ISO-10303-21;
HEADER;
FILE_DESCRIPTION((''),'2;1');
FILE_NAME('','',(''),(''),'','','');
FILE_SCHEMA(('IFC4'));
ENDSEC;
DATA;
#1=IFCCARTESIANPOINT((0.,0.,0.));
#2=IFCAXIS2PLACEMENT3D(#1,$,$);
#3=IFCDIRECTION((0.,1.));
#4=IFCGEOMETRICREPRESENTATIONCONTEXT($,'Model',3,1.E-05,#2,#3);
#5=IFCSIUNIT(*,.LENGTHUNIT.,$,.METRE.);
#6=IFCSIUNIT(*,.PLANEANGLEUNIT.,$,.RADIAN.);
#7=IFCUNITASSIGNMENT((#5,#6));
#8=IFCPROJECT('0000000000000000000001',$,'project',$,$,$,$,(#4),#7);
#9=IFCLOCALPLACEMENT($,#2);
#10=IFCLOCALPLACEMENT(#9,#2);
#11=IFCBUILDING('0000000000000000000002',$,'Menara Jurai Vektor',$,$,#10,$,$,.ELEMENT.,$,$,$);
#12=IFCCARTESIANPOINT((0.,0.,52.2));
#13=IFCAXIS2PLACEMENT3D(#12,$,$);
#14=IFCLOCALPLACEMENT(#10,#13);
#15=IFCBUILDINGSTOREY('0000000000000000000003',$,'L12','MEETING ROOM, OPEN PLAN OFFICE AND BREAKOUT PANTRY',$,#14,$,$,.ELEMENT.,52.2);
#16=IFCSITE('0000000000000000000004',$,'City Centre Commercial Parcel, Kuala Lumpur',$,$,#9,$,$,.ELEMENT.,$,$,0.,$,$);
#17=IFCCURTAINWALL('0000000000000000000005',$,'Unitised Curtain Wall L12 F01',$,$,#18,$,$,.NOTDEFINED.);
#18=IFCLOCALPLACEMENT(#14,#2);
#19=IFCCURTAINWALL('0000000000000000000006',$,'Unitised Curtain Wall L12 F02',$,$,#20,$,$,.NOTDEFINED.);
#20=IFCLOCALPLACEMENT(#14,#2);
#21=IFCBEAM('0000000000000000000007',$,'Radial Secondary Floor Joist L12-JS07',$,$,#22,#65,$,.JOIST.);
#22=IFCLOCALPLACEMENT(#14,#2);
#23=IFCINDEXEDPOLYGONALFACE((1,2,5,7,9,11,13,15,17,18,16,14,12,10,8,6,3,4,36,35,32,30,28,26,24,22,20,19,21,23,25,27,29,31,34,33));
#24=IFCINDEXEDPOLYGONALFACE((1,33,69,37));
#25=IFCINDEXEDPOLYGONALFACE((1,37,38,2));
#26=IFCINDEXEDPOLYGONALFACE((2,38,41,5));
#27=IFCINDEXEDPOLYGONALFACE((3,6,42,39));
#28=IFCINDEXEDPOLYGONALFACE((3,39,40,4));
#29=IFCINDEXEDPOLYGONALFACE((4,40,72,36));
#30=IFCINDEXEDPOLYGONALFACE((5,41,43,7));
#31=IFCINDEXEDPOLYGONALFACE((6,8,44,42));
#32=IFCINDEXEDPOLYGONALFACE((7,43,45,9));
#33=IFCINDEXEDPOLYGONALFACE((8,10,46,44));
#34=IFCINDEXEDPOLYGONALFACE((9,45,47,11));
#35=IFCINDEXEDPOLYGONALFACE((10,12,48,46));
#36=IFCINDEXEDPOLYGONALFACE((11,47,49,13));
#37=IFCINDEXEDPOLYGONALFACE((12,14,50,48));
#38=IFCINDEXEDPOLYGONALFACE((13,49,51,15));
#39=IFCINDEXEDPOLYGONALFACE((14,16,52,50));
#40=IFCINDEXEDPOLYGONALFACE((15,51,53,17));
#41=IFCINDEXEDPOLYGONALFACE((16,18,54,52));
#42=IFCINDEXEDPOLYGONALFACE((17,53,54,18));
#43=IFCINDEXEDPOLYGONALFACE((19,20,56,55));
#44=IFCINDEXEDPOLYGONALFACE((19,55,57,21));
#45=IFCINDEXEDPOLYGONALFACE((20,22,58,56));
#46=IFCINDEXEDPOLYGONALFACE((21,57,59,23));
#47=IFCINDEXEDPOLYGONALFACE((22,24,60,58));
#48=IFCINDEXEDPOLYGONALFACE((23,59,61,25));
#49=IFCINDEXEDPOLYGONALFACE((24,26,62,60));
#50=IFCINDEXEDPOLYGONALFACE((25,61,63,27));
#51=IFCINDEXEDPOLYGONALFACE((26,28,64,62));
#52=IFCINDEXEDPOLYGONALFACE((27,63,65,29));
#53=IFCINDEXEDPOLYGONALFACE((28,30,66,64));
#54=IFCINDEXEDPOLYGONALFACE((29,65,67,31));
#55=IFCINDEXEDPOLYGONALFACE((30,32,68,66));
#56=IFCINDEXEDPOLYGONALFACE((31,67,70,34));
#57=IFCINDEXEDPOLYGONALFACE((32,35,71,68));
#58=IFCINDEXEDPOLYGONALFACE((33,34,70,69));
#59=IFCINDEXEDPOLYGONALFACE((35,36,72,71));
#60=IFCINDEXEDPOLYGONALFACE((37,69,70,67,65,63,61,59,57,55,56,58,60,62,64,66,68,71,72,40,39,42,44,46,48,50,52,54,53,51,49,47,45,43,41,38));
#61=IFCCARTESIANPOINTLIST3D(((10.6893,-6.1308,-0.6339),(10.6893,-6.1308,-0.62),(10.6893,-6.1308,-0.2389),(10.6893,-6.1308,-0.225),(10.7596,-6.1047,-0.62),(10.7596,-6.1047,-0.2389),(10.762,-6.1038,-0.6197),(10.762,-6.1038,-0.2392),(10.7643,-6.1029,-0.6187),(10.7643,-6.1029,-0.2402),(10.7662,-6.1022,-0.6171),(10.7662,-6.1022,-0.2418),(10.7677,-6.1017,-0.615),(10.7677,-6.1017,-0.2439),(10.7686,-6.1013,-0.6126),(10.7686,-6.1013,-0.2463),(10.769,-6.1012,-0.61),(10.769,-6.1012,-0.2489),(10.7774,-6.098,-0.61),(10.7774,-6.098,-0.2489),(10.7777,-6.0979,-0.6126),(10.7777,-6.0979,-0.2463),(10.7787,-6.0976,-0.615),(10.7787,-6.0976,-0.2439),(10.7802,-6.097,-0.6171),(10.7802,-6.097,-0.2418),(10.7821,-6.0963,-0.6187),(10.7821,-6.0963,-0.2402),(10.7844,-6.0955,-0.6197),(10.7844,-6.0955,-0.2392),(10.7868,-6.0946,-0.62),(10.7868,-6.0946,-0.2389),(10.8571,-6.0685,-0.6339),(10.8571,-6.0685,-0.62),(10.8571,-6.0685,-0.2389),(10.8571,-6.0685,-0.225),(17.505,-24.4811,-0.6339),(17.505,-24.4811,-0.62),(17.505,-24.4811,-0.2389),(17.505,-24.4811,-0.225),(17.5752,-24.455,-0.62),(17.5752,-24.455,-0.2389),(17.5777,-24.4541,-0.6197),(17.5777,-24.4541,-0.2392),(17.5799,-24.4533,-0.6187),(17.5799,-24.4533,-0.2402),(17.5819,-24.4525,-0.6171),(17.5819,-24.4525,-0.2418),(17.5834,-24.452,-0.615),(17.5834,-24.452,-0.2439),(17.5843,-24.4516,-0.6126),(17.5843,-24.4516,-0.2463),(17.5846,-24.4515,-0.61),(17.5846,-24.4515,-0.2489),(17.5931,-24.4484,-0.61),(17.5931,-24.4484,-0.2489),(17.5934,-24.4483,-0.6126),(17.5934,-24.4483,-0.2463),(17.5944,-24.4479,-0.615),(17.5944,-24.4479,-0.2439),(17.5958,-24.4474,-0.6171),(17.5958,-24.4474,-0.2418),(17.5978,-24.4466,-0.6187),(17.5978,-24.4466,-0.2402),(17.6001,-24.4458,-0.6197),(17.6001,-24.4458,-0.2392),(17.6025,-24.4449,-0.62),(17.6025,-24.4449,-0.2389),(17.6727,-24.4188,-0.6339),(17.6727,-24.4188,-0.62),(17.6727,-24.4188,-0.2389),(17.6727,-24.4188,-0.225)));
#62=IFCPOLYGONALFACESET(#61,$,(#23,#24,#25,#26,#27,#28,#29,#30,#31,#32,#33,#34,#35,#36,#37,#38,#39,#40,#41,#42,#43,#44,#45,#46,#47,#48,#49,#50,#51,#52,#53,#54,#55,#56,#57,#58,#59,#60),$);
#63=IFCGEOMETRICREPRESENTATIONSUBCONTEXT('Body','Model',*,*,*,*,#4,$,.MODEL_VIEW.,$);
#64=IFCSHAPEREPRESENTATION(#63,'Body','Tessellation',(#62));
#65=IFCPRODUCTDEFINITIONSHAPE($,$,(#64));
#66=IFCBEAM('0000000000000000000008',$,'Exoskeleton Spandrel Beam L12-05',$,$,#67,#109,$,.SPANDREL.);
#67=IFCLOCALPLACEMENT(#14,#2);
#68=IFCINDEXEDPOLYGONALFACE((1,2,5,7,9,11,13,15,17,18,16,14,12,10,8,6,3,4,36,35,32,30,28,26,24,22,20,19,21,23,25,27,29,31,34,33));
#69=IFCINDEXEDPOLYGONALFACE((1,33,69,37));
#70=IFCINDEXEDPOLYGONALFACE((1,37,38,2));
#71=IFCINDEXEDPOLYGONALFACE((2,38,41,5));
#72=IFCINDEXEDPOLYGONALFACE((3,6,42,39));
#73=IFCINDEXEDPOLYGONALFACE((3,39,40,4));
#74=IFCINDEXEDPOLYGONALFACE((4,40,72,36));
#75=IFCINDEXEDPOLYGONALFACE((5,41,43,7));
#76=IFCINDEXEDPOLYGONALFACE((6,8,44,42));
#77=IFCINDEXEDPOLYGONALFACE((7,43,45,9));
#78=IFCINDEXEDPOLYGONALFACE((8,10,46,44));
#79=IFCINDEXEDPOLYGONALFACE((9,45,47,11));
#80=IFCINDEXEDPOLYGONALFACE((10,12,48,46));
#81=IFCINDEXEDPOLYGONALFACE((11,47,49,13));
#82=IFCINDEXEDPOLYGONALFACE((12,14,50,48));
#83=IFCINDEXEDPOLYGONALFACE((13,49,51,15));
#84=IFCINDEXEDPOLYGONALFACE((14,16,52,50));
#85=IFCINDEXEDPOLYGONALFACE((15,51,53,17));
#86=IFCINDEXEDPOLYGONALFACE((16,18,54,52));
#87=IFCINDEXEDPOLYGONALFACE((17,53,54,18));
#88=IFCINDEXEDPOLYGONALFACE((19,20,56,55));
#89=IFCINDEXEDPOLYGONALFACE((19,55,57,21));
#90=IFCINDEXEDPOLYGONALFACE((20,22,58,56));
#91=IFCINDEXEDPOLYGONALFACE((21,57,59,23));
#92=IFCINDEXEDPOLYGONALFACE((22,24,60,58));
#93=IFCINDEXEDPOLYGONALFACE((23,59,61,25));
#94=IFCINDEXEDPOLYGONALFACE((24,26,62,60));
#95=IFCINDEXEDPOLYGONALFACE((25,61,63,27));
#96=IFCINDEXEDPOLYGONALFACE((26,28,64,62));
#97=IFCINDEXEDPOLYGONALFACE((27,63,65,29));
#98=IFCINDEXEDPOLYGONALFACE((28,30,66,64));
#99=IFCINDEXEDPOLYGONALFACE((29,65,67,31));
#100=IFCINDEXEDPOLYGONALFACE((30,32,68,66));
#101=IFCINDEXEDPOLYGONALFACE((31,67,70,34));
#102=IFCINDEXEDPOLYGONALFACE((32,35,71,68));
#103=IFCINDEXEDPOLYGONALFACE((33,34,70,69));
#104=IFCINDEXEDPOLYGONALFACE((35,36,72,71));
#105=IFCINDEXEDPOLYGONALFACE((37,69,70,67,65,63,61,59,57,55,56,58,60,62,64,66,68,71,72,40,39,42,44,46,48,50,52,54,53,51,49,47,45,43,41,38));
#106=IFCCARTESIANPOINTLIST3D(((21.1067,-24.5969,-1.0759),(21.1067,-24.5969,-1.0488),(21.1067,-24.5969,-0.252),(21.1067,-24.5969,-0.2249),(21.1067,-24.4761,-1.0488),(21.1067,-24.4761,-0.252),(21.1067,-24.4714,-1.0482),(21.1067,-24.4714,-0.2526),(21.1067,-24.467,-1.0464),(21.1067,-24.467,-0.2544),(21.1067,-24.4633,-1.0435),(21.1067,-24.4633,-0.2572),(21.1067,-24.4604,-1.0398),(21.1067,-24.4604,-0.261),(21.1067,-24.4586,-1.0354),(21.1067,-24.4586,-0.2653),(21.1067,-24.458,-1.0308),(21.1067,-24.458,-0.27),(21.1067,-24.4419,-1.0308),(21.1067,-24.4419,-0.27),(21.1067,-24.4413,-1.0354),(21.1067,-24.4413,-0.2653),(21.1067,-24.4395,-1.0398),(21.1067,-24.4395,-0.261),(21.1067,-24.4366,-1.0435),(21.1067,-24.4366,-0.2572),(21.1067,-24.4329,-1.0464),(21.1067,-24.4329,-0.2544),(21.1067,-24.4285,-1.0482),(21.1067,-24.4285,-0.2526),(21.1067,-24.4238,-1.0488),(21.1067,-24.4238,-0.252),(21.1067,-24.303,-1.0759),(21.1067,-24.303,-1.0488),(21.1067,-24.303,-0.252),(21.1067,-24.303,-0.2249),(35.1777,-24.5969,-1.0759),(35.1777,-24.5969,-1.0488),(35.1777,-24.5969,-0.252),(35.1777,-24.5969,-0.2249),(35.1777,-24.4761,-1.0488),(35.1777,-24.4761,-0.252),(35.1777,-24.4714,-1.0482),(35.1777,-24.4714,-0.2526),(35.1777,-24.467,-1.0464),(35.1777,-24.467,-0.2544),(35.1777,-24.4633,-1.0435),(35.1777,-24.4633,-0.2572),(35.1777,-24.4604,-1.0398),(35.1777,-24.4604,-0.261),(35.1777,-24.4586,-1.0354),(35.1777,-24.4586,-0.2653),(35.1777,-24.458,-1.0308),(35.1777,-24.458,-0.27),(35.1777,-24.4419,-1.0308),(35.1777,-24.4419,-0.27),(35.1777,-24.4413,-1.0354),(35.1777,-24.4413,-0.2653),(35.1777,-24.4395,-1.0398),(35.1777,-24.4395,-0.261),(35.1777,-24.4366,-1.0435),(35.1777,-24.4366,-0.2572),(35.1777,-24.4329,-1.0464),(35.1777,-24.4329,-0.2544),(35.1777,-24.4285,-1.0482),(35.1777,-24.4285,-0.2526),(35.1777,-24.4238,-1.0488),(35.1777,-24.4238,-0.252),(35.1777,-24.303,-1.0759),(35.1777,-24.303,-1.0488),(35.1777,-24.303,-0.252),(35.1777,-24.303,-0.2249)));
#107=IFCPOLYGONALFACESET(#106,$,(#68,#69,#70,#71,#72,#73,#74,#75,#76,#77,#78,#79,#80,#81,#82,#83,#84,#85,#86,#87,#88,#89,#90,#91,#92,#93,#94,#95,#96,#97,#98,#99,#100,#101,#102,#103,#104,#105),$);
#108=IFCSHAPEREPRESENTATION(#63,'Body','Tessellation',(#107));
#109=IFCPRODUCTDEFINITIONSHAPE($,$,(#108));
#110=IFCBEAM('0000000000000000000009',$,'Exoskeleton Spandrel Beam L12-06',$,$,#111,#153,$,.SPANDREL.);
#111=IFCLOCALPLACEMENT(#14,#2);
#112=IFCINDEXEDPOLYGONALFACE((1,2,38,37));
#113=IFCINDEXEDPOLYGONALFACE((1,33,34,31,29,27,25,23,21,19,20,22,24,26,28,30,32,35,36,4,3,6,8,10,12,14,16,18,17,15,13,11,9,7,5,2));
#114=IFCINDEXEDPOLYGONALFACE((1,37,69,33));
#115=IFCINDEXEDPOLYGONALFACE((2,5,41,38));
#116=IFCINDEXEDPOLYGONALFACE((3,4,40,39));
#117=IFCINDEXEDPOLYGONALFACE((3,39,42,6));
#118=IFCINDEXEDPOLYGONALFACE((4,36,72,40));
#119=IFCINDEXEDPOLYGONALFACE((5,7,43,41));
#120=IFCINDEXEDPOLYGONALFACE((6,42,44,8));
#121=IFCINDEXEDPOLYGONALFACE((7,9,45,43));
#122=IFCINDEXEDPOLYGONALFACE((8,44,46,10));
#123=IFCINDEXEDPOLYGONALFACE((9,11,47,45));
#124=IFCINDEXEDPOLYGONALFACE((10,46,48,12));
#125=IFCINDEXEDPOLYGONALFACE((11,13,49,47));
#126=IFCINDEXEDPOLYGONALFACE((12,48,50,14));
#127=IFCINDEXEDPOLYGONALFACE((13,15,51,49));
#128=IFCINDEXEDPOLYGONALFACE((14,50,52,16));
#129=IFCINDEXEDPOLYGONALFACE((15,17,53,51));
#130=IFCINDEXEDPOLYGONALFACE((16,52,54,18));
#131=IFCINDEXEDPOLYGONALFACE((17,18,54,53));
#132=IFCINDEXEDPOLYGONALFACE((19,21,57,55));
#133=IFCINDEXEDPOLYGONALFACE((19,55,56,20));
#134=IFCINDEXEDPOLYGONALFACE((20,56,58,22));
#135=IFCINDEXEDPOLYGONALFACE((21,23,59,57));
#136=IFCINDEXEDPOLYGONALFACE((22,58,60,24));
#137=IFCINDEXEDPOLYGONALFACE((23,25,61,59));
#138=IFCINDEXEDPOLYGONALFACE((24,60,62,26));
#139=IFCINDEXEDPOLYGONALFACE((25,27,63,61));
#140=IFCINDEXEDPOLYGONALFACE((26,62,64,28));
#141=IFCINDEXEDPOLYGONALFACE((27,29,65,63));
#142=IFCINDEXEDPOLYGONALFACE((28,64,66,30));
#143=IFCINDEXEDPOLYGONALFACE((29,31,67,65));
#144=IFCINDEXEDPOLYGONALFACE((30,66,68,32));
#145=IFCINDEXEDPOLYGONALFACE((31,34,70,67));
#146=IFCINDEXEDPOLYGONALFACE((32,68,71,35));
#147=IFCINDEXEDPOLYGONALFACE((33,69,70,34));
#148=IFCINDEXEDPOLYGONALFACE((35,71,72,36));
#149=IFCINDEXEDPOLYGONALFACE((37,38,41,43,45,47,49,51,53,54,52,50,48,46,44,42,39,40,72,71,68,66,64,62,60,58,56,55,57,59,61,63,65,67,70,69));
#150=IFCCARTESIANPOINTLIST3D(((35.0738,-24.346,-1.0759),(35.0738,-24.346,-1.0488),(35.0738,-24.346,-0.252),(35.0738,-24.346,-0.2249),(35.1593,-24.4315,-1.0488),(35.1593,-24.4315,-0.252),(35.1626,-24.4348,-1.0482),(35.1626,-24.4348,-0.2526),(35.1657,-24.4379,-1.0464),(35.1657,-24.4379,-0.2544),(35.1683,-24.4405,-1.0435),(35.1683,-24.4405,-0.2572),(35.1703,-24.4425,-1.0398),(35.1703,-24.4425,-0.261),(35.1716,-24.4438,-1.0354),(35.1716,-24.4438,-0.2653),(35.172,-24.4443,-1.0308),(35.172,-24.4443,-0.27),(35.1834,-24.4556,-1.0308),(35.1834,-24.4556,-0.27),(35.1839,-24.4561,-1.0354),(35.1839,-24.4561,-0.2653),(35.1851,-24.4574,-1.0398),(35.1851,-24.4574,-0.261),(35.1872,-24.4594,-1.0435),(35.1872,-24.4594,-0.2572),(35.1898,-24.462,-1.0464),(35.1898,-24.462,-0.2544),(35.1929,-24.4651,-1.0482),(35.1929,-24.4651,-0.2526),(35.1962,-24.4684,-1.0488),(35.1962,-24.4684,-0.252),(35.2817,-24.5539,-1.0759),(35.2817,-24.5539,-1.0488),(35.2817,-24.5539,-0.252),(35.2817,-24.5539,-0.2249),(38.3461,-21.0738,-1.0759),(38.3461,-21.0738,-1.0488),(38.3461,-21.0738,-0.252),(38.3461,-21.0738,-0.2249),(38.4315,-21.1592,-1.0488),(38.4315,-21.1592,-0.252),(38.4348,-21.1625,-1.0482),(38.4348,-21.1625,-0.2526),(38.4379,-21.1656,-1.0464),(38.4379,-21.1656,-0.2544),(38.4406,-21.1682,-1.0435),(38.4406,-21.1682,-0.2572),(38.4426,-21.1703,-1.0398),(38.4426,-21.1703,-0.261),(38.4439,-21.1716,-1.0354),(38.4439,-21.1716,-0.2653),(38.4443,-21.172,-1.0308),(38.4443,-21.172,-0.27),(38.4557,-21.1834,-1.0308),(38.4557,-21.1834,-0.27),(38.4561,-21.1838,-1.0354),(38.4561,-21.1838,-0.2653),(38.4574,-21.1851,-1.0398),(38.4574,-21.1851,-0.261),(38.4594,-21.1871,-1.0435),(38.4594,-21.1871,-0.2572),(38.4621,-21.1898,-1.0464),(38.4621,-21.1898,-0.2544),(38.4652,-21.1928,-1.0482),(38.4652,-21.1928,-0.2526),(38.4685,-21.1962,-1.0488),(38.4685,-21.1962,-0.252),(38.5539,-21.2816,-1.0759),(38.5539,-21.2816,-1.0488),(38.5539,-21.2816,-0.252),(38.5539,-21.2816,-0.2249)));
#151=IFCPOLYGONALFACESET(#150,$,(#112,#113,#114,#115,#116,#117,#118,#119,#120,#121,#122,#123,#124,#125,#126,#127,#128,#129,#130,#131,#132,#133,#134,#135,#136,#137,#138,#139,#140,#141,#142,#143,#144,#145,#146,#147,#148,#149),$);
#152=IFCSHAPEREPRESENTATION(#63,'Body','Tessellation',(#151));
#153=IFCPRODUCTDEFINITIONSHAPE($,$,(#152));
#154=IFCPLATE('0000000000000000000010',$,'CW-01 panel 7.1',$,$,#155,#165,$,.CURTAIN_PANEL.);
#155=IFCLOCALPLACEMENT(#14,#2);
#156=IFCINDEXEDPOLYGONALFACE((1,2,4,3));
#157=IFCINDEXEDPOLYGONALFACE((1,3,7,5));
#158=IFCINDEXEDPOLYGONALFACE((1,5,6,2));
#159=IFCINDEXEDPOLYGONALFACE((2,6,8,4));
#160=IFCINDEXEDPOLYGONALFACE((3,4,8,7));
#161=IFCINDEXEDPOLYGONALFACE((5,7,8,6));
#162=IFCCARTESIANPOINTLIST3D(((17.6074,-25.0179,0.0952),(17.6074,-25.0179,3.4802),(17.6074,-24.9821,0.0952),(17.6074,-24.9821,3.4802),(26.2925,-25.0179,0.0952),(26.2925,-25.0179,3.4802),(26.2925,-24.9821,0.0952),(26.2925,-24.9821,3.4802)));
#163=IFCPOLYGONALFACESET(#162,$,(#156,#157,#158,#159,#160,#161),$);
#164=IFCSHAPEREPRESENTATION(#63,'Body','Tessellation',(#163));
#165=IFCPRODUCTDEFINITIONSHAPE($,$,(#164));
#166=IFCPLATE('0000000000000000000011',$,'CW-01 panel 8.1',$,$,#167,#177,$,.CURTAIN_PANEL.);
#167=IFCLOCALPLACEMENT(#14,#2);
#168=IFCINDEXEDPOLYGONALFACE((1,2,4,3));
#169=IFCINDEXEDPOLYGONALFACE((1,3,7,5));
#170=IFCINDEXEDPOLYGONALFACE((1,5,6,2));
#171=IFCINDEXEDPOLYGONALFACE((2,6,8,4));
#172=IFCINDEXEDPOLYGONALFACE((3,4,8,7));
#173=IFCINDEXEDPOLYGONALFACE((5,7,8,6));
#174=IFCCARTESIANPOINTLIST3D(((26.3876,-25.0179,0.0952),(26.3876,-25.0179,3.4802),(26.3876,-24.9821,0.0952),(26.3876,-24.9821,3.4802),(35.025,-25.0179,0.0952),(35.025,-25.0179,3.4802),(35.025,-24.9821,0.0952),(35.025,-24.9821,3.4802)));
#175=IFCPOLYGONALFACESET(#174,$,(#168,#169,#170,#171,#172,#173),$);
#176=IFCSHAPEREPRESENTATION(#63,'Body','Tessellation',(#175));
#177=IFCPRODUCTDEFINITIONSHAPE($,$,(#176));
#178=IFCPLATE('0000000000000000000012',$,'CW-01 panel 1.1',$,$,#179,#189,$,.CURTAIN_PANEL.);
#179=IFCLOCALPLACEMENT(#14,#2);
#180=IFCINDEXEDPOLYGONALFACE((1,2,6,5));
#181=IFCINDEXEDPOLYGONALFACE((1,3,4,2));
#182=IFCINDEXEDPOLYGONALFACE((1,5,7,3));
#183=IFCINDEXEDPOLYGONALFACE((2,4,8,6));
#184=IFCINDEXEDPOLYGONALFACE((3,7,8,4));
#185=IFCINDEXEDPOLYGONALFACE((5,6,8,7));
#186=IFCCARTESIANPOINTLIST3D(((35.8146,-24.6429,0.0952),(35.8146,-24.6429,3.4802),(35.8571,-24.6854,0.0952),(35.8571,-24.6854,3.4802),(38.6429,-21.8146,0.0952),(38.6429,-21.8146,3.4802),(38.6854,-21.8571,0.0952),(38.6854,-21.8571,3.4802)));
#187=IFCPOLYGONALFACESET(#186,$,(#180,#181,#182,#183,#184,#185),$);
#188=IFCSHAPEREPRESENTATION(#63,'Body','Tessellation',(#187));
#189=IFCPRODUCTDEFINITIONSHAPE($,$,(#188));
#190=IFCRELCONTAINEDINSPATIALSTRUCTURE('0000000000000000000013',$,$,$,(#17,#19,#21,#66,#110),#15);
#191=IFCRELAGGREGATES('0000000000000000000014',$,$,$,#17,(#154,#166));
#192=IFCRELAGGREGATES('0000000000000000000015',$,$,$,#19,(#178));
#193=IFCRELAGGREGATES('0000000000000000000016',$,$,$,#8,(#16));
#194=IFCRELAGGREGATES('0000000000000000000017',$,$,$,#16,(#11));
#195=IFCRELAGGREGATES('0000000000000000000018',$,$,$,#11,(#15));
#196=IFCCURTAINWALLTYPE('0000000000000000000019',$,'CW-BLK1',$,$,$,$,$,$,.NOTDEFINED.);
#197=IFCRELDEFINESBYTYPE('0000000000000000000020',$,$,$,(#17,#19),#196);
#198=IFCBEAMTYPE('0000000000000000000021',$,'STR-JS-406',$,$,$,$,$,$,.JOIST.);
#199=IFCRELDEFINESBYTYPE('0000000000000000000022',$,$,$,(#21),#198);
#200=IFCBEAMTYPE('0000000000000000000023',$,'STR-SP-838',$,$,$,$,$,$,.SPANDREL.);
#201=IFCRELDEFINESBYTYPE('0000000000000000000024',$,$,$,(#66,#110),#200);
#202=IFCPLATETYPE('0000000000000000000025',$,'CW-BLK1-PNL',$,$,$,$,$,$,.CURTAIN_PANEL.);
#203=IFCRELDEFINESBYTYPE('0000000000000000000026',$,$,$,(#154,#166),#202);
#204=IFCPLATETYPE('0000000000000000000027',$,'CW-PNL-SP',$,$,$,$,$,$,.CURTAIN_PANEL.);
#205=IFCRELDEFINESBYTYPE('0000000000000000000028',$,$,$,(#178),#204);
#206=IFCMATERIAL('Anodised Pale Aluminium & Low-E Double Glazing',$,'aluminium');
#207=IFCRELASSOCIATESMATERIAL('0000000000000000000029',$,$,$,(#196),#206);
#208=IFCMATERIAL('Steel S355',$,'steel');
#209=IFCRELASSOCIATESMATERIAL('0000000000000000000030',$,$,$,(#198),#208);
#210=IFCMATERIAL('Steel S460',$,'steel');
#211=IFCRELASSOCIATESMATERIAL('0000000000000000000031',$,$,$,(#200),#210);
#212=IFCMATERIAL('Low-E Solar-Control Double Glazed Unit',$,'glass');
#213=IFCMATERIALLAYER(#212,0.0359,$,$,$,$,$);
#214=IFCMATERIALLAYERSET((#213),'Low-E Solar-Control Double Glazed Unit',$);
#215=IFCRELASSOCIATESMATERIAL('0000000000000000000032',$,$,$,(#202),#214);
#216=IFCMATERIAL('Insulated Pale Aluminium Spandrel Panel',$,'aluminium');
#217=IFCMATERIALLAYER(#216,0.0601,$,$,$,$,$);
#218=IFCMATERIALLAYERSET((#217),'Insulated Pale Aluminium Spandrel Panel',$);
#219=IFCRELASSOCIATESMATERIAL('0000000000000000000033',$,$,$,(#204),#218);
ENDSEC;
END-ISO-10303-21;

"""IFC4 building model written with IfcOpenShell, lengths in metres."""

from ifc_helpers import new_model, si_unit, direction, frame, origin, origin_2d, place, context, subcontext, project, spatial, rectangle, i_section, extrude, material, layer, layer_set, material_profile, profile_set, type_object, element, aggregate, save


model = new_model("IFC4")

# Units and contexts
model_context = context("Model", 3, precision=1e-05, world=origin(), true_north=direction((0.0, 1.0)))
body_context = subcontext(model_context, "Body", "Model", "MODEL_VIEW")
ifc_project = project(units=[si_unit("LENGTHUNIT", "METRE"), si_unit("PLANEANGLEUNIT", "RADIAN")], contexts=[model_context])

# Site, building, storey
site_placement = place(None, origin())
site = spatial("IfcSite", under=ifc_project, at=site_placement, Name="City Centre Commercial Parcel, Kuala Lumpur", CompositionType="ELEMENT", RefElevation=0.0)
building_placement = place(site_placement, origin())
building = spatial("IfcBuilding", under=site, at=building_placement, Name="Menara Jurai Vektor", CompositionType="ELEMENT")
storey_placement = place(building_placement, frame((0.0, 0.0, 52.2)))
storey = spatial("IfcBuildingStorey", under=building, at=storey_placement, Name="L12", Description="MEETING ROOM, OPEN PLAN OFFICE AND BREAKOUT PANTRY", CompositionType="ELEMENT", Elevation=52.2)

# Shared definitions
ifc_material_1 = material(Name="Steel S460", Category="steel")

# Curtain walls
ifc_material_2 = material(Name="Anodised Pale Aluminium & Low-E Double Glazing", Category="aluminium")
curtain_wall_type = type_object("IfcCurtainWallType", Name="CW-BLK1", PredefinedType="NOTDEFINED", material=ifc_material_2)
curtain_wall_1_placement = place(storey_placement, origin())
curtain_wall_1 = element("IfcCurtainWall", 1, at=curtain_wall_1_placement, inside=storey, type_object=curtain_wall_type, Name="Unitised Curtain Wall L12 F01", PredefinedType="NOTDEFINED")
curtain_wall_2_placement = place(storey_placement, origin())
curtain_wall_2 = element("IfcCurtainWall", 2, at=curtain_wall_2_placement, inside=storey, type_object=curtain_wall_type, Name="Unitised Curtain Wall L12 F02", PredefinedType="NOTDEFINED")

# Beams
ifc_material_3 = material(Name="Steel S355", Category="steel")
ifc_material_profile_1 = material_profile(ifc_material_3, i_section(OverallWidth=0.179, OverallDepth=0.4089, WebThickness=0.009, FlangeThickness=0.0139, FilletRadius=0.01, at=origin_2d()), Name="UKB 406x178x67")
ifc_profile_set_1 = profile_set([ifc_material_profile_1], Name="Steel S355")
beam_type_1 = type_object("IfcBeamType", Name="STR-JS-406", PredefinedType="JOIST", material=ifc_profile_set_1)
beam_1_placement = place(storey_placement, frame((17.5889, -24.45, -0.4294), z_axis=(-0.348179, 0.937428, 0.0), x_axis=(-0.937428, -0.348179, 0.0)))
element("IfcBeam", 3, at=beam_1_placement, inside=storey, type_object=beam_type_1, Name="Radial Secondary Floor Joist L12-JS07", PredefinedType="JOIST", context=body_context, shape_type="SweptSolid", body=[
    extrude(i_section(OverallWidth=0.179, OverallDepth=0.4089, WebThickness=0.009, FlangeThickness=0.0139, FilletRadius=0.01, at=origin_2d()), origin(), (0.0, 0.0, 1.0), 19.5752),
])
ifc_material_profile_2 = material_profile(ifc_material_1, i_section(OverallWidth=0.2939, OverallDepth=0.8511, WebThickness=0.0161, FlangeThickness=0.0271, FilletRadius=0.0181, at=origin_2d()), Name="UKB 838x292x226")
ifc_profile_set_2 = profile_set([ifc_material_profile_2], Name="Steel S460")
beam_type_2 = type_object("IfcBeamType", Name="STR-SP-838", PredefinedType="SPANDREL", material=ifc_profile_set_2)
beam_2_placement = place(storey_placement, frame((21.1067, -24.45, -0.6504), z_axis=(1.0, 0.0, 0.0), x_axis=(0.0, 1.0, 0.0)))
element("IfcBeam", 4, at=beam_2_placement, inside=storey, type_object=beam_type_2, Name="Exoskeleton Spandrel Beam L12-05", PredefinedType="SPANDREL", context=body_context, shape_type="SweptSolid", body=[
    extrude(i_section(OverallWidth=0.2939, OverallDepth=0.8511, WebThickness=0.0161, FlangeThickness=0.0271, FilletRadius=0.0181, at=origin_2d()), origin(), (0.0, 0.0, 1.0), 14.071),
])
beam_3_placement = place(storey_placement, frame((35.1777, -24.45, -0.6504), z_axis=(0.707107, 0.707107, 0.0), x_axis=(-0.707107, 0.707107, 0.0)))
element("IfcBeam", 5, at=beam_3_placement, inside=storey, type_object=beam_type_2, Name="Exoskeleton Spandrel Beam L12-06", PredefinedType="SPANDREL", context=body_context, shape_type="SweptSolid", body=[
    extrude(i_section(OverallWidth=0.2939, OverallDepth=0.8511, WebThickness=0.0161, FlangeThickness=0.0271, FilletRadius=0.0181, at=origin_2d()), origin(), (0.0, 0.0, 1.0), 4.6277),
])

# Plates
ifc_material_4 = material(Name="Low-E Solar-Control Double Glazed Unit", Category="glass")
ifc_layer_1 = layer(ifc_material_4, 0.0359)
ifc_layer_set_1 = layer_set([ifc_layer_1], Name="Low-E Solar-Control Double Glazed Unit")
plate_type_1 = type_object("IfcPlateType", Name="CW-BLK1-PNL", PredefinedType="CURTAIN_PANEL", material=ifc_layer_set_1)
plate_1_placement = place(storey_placement, frame((21.95, -25.0, 0.0952), z_axis=(0.0, 0.0, 1.0), x_axis=(1.0, 0.0, 0.0)))
plate_1 = element("IfcPlate", 6, at=plate_1_placement, type_object=plate_type_1, Name="CW-01 panel 7.1", PredefinedType="CURTAIN_PANEL", context=body_context, shape_type="SweptSolid", body=[
    extrude(rectangle(XDim=8.6851, YDim=0.0359, at=origin_2d()), origin(), (0.0, 0.0, 1.0), 3.385),
])
plate_2_placement = place(storey_placement, frame((30.7063, -25.0, 0.0952), z_axis=(0.0, 0.0, 1.0), x_axis=(1.0, 0.0, 0.0)))
plate_2 = element("IfcPlate", 7, at=plate_2_placement, type_object=plate_type_1, Name="CW-01 panel 8.1", PredefinedType="CURTAIN_PANEL", context=body_context, shape_type="SweptSolid", body=[
    extrude(rectangle(XDim=8.6375, YDim=0.0359, at=origin_2d()), origin(), (0.0, 0.0, 1.0), 3.385),
])
aggregate(curtain_wall_1, [plate_1, plate_2])
ifc_material_5 = material(Name="Insulated Pale Aluminium Spandrel Panel", Category="aluminium")
ifc_layer_2 = layer(ifc_material_5, 0.0601)
ifc_layer_set_2 = layer_set([ifc_layer_2], Name="Insulated Pale Aluminium Spandrel Panel")
plate_type_2 = type_object("IfcPlateType", Name="CW-PNL-SP", PredefinedType="CURTAIN_PANEL", material=ifc_layer_set_2)
plate_3_placement = place(storey_placement, frame((37.25, -23.25, 0.0952), z_axis=(0.0, 0.0, 1.0), x_axis=(0.707107, 0.707107, 0.0)))
plate_3 = element("IfcPlate", 8, at=plate_3_placement, type_object=plate_type_2, Name="CW-01 panel 1.1", PredefinedType="CURTAIN_PANEL", context=body_context, shape_type="SweptSolid", body=[
    extrude(rectangle(XDim=3.9998, YDim=0.0601, at=origin_2d()), origin(), (0.0, 0.0, 1.0), 3.385),
])
aggregate(curtain_wall_2, [plate_3])

save(model, "model.ifc")
